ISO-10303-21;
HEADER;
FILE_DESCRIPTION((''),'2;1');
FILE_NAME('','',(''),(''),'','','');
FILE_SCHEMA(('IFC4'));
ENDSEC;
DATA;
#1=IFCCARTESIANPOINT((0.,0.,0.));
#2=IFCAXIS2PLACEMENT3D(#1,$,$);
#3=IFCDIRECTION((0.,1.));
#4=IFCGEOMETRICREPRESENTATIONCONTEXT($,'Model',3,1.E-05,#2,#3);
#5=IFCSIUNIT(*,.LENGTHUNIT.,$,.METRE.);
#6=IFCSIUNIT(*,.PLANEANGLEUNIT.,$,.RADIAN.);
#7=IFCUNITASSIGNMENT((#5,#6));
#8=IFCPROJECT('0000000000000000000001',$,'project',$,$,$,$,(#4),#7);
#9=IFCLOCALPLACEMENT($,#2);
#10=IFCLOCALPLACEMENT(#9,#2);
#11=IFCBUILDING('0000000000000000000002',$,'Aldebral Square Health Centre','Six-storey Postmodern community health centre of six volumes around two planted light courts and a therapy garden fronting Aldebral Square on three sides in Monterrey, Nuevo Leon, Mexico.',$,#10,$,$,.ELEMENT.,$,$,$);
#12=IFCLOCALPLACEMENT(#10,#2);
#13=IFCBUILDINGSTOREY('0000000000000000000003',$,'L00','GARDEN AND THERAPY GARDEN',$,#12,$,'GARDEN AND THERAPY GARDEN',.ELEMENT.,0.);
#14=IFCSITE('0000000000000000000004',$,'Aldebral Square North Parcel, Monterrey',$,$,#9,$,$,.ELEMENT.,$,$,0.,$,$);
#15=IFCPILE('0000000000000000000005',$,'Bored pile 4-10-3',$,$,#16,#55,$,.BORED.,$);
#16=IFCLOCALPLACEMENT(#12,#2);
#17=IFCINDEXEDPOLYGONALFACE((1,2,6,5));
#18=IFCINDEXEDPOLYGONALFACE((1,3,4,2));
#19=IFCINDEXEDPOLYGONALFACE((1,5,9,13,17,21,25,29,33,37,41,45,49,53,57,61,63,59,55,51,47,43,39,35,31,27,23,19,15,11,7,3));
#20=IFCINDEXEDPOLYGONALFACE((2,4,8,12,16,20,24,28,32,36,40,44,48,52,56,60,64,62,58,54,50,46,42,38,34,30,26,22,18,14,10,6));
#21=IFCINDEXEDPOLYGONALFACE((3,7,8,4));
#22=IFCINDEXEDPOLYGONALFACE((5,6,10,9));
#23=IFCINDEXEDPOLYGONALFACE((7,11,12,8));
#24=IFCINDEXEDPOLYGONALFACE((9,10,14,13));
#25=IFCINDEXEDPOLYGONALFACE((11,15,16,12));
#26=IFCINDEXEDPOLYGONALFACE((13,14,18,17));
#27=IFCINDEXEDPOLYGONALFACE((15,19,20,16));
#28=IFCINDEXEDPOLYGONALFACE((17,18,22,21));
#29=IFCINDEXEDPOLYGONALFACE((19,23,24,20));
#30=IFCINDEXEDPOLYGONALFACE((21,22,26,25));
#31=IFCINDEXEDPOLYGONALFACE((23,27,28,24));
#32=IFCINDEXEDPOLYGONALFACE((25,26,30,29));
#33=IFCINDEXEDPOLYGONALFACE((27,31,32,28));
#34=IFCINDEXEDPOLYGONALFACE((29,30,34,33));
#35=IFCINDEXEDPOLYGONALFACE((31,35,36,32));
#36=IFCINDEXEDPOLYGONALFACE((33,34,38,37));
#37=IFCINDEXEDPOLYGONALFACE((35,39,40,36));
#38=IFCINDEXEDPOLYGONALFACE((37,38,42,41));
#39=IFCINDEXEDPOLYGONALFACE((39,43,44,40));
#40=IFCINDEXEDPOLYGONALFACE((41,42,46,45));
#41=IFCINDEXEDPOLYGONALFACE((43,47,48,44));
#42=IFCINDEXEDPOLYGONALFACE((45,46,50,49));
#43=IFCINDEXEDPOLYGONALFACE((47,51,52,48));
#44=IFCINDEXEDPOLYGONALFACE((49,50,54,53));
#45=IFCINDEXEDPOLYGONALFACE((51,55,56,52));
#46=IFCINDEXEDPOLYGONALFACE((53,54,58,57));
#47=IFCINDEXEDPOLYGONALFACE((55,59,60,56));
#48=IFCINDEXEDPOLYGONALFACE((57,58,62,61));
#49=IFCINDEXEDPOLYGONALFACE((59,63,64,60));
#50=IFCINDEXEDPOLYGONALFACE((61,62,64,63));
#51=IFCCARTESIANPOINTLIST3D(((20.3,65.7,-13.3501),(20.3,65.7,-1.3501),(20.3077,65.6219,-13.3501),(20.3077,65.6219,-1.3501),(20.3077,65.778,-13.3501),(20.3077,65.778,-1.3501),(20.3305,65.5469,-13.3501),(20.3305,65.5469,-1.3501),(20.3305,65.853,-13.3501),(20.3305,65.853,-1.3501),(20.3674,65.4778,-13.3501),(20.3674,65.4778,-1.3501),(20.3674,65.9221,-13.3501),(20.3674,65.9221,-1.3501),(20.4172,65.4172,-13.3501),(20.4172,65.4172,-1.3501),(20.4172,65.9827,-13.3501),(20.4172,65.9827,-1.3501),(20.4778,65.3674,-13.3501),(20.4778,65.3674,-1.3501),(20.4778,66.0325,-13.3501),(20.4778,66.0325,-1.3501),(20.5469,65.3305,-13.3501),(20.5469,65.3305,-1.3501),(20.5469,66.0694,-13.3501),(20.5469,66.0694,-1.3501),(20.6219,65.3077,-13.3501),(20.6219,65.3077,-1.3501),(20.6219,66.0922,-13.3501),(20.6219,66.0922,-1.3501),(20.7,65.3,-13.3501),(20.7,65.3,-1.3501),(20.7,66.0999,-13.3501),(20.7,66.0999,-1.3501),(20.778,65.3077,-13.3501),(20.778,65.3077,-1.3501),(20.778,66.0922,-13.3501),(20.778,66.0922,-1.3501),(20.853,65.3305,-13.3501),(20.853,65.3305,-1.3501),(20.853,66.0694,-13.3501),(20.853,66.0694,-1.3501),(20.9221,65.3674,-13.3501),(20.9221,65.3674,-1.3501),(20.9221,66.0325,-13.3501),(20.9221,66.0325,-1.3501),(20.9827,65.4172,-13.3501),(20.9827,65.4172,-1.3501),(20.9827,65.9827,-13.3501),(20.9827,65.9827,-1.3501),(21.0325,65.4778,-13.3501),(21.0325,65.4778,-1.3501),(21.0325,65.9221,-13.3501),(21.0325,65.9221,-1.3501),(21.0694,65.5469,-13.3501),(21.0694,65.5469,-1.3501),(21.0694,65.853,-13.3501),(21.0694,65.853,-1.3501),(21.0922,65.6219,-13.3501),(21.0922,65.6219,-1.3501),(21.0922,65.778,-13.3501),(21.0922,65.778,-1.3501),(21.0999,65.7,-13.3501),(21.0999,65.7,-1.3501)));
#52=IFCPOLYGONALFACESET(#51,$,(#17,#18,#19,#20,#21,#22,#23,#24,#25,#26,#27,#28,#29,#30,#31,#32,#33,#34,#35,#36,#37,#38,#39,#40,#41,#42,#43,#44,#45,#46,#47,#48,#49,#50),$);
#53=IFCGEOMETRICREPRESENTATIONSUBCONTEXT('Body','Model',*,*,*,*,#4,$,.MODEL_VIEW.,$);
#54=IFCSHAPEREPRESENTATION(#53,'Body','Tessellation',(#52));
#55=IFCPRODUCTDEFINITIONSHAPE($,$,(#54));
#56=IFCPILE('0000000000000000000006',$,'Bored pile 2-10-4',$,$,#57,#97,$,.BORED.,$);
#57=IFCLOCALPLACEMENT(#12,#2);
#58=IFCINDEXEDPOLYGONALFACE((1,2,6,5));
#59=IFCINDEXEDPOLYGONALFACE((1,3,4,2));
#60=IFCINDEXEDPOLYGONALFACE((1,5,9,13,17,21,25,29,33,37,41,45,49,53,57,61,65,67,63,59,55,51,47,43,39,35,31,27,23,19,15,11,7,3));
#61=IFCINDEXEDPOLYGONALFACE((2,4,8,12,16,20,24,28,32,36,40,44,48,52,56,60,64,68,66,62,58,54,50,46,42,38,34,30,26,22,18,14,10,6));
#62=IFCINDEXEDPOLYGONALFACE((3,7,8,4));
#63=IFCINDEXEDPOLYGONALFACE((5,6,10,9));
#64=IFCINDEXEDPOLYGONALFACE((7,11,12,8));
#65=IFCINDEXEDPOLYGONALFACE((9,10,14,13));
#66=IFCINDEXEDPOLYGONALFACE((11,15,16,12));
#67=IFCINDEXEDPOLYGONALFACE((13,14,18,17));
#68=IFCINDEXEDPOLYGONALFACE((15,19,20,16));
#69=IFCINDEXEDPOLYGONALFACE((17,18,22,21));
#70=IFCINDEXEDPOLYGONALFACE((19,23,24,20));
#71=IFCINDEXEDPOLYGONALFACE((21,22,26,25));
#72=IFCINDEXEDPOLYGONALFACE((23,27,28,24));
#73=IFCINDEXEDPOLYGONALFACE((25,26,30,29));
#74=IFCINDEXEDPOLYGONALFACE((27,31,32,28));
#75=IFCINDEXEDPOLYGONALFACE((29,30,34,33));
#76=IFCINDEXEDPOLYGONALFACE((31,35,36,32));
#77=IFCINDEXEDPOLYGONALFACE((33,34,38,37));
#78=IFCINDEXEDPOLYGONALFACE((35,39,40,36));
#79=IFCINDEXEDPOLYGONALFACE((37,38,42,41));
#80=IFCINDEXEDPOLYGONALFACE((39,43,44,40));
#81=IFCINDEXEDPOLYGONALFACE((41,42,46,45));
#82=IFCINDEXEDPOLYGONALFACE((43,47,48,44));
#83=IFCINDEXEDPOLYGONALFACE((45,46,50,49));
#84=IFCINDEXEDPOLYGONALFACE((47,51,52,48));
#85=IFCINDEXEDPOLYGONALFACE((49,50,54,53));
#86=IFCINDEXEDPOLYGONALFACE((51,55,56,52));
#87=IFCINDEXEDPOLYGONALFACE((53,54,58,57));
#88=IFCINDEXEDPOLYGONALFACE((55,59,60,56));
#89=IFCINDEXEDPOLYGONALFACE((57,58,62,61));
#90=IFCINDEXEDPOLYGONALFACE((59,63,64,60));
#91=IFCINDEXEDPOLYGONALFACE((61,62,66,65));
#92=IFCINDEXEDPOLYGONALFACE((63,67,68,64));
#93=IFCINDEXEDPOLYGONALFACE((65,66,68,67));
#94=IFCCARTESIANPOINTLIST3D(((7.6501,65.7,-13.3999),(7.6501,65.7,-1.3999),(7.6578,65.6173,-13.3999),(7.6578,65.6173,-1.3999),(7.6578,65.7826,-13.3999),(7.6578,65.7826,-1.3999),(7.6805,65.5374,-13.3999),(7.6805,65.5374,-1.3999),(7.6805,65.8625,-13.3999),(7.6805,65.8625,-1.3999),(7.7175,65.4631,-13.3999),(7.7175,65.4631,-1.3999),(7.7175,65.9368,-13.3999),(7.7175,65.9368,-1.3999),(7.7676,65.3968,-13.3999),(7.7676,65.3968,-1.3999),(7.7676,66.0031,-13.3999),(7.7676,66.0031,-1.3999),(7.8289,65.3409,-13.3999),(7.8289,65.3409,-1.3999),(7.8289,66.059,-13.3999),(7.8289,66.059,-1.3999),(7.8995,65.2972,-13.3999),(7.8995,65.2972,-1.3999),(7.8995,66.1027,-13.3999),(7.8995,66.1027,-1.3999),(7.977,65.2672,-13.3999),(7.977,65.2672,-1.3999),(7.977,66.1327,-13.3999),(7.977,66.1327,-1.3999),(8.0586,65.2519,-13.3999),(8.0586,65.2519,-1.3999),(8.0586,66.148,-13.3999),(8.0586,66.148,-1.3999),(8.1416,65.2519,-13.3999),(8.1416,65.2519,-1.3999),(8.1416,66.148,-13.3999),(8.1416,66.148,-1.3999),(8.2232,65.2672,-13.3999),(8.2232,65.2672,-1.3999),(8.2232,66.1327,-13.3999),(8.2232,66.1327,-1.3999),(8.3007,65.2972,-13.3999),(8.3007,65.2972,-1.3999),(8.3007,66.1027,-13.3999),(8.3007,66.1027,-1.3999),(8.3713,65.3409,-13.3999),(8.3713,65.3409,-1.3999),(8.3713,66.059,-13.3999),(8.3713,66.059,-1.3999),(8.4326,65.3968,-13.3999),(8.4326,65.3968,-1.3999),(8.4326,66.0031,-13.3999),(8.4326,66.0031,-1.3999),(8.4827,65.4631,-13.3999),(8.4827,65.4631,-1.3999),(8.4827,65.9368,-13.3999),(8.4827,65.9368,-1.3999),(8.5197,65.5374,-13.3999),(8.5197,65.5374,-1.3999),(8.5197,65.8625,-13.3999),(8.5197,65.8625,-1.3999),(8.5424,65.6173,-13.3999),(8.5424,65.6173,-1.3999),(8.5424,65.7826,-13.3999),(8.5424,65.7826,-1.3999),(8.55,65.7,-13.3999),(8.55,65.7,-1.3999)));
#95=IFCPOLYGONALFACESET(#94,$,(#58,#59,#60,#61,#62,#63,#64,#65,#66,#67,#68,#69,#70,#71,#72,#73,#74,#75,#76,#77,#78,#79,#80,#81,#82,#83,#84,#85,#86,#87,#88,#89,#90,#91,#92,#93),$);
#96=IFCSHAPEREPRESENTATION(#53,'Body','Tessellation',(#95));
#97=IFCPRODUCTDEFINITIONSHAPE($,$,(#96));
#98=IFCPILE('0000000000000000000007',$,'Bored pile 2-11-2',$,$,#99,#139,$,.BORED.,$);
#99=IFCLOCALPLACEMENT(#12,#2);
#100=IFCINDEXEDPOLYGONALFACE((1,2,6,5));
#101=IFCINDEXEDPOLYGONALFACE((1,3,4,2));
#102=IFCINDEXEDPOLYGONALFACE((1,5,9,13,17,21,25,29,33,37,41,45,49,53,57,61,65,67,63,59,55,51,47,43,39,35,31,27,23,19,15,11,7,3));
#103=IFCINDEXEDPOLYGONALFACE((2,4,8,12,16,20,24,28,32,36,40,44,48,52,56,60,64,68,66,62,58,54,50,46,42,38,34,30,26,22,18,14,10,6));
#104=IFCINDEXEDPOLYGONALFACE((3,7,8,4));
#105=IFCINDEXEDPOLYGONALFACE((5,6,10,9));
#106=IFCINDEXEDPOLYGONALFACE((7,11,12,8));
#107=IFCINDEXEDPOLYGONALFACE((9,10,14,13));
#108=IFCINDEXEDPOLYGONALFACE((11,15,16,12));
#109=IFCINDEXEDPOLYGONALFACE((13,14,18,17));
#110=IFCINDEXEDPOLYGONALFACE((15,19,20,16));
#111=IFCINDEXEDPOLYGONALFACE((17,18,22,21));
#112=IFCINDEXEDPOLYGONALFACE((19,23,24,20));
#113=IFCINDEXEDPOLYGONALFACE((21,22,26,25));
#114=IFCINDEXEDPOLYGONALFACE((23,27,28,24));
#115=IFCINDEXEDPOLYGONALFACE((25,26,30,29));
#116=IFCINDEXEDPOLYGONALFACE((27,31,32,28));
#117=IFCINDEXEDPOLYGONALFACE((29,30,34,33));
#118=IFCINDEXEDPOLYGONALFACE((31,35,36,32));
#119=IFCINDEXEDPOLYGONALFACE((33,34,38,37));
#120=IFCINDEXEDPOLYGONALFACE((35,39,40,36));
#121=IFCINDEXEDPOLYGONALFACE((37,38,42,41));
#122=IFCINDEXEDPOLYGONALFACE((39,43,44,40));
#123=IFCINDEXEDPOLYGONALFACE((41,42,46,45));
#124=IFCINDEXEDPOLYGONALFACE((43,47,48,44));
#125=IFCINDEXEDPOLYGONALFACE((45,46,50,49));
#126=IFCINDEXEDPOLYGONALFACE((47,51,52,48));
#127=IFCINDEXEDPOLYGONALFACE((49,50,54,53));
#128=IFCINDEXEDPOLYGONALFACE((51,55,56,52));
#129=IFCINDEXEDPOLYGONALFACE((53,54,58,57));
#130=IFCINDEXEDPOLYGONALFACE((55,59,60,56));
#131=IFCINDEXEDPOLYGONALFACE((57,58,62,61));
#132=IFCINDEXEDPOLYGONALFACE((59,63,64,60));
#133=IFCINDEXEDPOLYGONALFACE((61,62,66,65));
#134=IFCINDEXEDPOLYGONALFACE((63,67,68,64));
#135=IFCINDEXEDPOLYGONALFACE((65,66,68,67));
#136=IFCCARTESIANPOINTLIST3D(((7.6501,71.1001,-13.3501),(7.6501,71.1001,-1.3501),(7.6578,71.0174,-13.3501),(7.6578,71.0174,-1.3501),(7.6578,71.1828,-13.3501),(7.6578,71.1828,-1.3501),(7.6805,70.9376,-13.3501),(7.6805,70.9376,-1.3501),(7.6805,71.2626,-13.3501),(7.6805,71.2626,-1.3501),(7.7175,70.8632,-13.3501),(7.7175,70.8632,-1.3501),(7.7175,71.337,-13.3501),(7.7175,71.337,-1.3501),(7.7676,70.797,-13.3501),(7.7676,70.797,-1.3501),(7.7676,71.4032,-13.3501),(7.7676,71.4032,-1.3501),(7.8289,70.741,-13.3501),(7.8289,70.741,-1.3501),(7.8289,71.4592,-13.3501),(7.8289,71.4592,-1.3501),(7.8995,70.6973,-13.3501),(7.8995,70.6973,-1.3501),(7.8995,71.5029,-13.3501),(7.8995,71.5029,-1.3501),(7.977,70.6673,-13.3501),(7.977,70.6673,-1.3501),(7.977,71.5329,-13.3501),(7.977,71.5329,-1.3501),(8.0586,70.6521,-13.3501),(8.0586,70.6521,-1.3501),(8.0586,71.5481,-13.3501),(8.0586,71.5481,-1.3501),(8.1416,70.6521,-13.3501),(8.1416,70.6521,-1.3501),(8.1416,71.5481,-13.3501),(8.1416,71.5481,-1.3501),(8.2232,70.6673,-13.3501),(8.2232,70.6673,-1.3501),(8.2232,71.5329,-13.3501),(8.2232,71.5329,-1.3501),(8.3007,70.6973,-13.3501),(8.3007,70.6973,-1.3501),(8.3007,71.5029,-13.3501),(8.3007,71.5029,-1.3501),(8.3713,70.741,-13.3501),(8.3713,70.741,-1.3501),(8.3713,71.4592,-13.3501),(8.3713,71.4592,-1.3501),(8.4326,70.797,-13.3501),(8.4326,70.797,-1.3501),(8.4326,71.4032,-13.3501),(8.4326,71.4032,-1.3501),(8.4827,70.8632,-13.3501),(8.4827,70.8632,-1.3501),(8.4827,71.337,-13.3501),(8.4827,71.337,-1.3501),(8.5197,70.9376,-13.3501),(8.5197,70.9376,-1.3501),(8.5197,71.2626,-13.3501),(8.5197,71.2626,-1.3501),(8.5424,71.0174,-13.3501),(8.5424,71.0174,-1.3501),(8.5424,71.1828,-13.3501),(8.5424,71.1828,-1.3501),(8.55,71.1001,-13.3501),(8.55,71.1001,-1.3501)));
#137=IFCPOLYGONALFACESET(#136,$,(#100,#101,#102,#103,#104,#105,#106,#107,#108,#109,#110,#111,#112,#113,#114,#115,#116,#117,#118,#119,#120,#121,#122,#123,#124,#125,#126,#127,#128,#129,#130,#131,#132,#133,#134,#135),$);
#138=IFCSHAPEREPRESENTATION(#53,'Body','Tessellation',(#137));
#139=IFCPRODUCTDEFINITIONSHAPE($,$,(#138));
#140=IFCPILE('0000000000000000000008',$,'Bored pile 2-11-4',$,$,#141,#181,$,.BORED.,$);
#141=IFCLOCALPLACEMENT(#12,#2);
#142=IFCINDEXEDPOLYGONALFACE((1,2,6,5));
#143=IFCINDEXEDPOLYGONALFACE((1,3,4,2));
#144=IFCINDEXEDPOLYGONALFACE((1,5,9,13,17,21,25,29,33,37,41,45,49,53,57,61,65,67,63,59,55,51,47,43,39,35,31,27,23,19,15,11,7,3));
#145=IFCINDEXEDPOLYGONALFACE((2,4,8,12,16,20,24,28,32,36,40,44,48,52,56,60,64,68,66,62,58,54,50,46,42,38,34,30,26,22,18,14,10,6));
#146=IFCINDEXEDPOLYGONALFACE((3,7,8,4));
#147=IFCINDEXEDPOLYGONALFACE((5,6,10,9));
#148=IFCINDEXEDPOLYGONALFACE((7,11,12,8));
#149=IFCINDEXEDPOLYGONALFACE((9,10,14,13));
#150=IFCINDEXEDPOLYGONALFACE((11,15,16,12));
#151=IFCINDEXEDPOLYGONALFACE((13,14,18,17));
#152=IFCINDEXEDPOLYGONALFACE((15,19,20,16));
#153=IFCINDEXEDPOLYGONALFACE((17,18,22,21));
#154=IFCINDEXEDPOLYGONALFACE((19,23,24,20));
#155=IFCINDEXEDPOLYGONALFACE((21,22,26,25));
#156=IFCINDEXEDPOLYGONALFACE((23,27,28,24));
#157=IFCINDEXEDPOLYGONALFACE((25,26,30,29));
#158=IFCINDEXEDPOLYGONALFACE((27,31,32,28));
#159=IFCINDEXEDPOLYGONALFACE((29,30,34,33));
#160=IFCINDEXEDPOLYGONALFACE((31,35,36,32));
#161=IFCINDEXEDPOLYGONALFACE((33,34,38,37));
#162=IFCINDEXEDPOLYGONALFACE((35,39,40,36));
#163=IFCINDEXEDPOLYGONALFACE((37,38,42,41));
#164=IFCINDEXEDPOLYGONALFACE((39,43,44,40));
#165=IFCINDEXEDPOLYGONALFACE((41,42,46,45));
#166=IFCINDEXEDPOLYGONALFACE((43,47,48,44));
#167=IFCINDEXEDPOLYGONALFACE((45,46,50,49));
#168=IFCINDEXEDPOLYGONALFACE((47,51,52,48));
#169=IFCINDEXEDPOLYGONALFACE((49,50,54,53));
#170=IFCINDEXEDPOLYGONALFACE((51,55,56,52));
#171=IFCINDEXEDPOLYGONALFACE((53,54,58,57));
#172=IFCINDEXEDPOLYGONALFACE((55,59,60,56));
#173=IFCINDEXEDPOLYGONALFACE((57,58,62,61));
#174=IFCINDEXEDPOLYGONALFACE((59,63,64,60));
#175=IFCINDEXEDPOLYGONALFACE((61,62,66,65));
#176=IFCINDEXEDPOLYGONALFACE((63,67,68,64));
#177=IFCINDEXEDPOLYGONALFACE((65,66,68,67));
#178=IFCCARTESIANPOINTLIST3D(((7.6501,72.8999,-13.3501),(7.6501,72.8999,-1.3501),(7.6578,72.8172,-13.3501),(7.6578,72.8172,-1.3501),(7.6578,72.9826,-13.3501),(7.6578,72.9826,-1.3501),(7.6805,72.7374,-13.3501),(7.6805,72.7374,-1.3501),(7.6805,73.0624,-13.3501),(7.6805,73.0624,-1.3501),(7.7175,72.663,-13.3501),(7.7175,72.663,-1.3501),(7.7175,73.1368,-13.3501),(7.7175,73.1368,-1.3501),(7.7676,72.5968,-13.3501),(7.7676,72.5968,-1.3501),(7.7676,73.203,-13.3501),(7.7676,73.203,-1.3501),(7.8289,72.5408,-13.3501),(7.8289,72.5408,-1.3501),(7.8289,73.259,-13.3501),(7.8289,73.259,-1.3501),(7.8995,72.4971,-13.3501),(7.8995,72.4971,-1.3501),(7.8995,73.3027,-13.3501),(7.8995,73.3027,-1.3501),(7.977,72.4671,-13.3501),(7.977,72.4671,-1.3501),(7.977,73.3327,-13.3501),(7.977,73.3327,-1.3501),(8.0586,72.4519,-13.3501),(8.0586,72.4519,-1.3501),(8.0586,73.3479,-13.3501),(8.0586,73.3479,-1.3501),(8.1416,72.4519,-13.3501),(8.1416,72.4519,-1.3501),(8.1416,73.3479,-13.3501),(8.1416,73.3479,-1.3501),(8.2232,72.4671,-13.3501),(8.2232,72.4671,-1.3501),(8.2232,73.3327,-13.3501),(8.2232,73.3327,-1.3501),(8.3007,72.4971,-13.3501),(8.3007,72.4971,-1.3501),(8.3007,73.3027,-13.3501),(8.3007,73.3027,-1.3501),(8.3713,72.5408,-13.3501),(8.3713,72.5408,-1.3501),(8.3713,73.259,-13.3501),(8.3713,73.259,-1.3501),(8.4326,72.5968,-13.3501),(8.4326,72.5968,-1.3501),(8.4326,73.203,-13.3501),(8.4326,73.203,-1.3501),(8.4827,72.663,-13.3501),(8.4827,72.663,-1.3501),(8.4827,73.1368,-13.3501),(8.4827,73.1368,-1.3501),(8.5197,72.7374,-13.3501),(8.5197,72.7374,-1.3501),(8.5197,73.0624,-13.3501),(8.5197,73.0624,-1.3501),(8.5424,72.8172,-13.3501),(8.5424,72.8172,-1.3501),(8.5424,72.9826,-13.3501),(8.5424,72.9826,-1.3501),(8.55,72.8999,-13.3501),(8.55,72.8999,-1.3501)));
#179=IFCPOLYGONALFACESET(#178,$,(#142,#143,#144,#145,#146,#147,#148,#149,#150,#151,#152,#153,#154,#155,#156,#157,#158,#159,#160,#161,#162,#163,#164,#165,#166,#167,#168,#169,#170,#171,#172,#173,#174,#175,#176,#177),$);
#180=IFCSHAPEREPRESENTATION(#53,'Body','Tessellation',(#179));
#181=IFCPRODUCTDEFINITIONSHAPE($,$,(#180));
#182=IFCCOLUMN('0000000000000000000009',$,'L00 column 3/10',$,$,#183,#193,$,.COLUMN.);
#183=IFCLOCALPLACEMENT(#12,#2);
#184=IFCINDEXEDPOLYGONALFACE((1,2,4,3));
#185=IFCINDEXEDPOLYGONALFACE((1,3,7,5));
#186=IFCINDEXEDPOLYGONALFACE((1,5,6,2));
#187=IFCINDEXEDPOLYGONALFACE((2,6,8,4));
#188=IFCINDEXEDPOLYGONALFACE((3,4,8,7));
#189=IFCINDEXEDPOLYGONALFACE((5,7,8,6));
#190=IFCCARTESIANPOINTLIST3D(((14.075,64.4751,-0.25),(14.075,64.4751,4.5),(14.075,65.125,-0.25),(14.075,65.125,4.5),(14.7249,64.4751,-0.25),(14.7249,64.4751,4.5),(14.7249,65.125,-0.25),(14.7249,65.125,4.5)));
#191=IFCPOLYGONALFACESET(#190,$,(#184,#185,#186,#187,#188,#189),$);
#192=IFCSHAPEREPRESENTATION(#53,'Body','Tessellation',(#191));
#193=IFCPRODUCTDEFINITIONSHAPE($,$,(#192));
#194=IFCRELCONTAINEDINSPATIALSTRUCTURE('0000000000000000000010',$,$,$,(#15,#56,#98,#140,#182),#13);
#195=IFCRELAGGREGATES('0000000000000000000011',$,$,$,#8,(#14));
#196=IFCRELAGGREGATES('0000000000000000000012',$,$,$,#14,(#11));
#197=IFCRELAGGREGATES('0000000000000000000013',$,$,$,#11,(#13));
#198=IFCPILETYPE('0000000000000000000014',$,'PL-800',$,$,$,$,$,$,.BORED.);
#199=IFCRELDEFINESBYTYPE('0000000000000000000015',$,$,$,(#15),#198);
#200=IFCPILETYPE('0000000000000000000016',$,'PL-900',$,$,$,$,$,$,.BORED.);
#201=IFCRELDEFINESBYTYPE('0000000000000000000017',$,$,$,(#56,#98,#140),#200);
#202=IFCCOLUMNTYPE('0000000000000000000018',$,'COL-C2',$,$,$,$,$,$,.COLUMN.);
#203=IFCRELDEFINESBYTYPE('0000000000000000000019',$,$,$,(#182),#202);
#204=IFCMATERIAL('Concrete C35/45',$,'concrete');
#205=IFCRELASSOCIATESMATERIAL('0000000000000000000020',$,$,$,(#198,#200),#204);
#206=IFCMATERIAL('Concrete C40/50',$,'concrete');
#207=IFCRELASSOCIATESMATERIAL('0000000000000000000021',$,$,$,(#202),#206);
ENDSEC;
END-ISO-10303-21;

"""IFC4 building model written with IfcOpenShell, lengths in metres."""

from ifc_helpers import new_model, si_unit, direction, frame, origin, origin_2d, place, context, subcontext, project, spatial, rectangle, circle, extrude, material, material_profile, profile_set, type_object, element, save


model = new_model("IFC4")

# Units and contexts
model_context = context("Model", 3, precision=1e-05, world=origin(), true_north=direction((0.0, 1.0)))
body_context = subcontext(model_context, "Body", "Model", "MODEL_VIEW")
ifc_project = project(units=[si_unit("LENGTHUNIT", "METRE"), si_unit("PLANEANGLEUNIT", "RADIAN")], contexts=[model_context])

# Site, building, storey
site_placement = place(None, origin())
site = spatial("IfcSite", under=ifc_project, at=site_placement, Name="Aldebral Square North Parcel, Monterrey", CompositionType="ELEMENT", RefElevation=0.0)
building_placement = place(site_placement, origin())
building = spatial("IfcBuilding", under=site, at=building_placement, Name="Aldebral Square Health Centre", Description="Six-storey Postmodern community health centre of six volumes around two planted light courts and a therapy garden fronting Aldebral Square on three sides in Monterrey, Nuevo Leon, Mexico.", CompositionType="ELEMENT")
storey_placement = place(building_placement, origin())
storey = spatial("IfcBuildingStorey", under=building, at=storey_placement, Name="L00", Description="GARDEN AND THERAPY GARDEN", LongName="GARDEN AND THERAPY GARDEN", CompositionType="ELEMENT", Elevation=0.0)

# Shared definitions
ifc_material_1 = material(Name="Concrete C35/45", Category="concrete")

# Piles
ifc_material_profile_1 = material_profile(ifc_material_1, circle(Radius=0.3999, at=origin_2d()), Name="PILE D800")
ifc_profile_set_1 = profile_set([ifc_material_profile_1], Name="Concrete C35/45")
pile_type_1 = type_object("IfcPileType", Name="PL-800", PredefinedType="BORED", material=ifc_profile_set_1)
pile_placement = place(storey_placement, frame((20.7, 65.7, -1.3501), z_axis=(0.0, 0.0, -1.0), x_axis=(1.0, 0.0, 0.0)))
element("IfcPile", 1, at=pile_placement, inside=storey, type_object=pile_type_1, Name="Bored pile 4-10-3", PredefinedType="BORED", context=body_context, shape_type="SweptSolid", body=[
    extrude(circle(Radius=0.3999, at=origin_2d()), origin(), (0.0, 0.0, 1.0), 12.0),
])
ifc_material_profile_2 = material_profile(ifc_material_1, circle(Radius=0.45, at=origin_2d()), Name="PILE D900")
ifc_profile_set_2 = profile_set([ifc_material_profile_2], Name="Concrete C35/45")
pile_type_2 = type_object("IfcPileType", Name="PL-900", PredefinedType="BORED", material=ifc_profile_set_2)
for number, where, z_axis, x_axis, name in (
    (2, (8.1001, 65.7, -1.3999), (0.0, 0.0, -1.0), (1.0, 0.0, 0.0), "Bored pile 2-10-4"),
    (3, (8.1001, 71.1001, -1.3501), (0.0, 0.0, -1.0), (1.0, 0.0, 0.0), "Bored pile 2-11-2"),
    (4, (8.1001, 72.8999, -1.3501), (0.0, 0.0, -1.0), (1.0, 0.0, 0.0), "Bored pile 2-11-4"),
):
    element("IfcPile", number, at=place(storey_placement, frame(where, z_axis=z_axis, x_axis=x_axis)), inside=storey, type_object=pile_type_2, Name=name, PredefinedType="BORED", context=body_context, shape_type="SweptSolid", body=[
        extrude(circle(Radius=0.45, at=origin_2d()), origin(), (0.0, 0.0, 1.0), 12.0),
    ])

# Column
ifc_material_2 = material(Name="Concrete C40/50", Category="concrete")
ifc_material_profile_3 = material_profile(ifc_material_2, rectangle(XDim=0.6499, YDim=0.6499, at=origin_2d()), Name="RC 650x650")
ifc_profile_set_3 = profile_set([ifc_material_profile_3], Name="Concrete C40/50")
column_type = type_object("IfcColumnType", Name="COL-C2", PredefinedType="COLUMN", material=ifc_profile_set_3)
column_placement = place(storey_placement, frame((14.3999, 64.8, -0.25), z_axis=(0.0, 0.0, 1.0), x_axis=(1.0, 0.0, 0.0)))
element("IfcColumn", 5, at=column_placement, inside=storey, type_object=column_type, Name="L00 column 3/10", PredefinedType="COLUMN", context=body_context, shape_type="SweptSolid", body=[
    extrude(rectangle(XDim=0.6499, YDim=0.6499, at=origin_2d()), origin(), (0.0, 0.0, 1.0), 4.75),
])

save(model, "model.ifc")
